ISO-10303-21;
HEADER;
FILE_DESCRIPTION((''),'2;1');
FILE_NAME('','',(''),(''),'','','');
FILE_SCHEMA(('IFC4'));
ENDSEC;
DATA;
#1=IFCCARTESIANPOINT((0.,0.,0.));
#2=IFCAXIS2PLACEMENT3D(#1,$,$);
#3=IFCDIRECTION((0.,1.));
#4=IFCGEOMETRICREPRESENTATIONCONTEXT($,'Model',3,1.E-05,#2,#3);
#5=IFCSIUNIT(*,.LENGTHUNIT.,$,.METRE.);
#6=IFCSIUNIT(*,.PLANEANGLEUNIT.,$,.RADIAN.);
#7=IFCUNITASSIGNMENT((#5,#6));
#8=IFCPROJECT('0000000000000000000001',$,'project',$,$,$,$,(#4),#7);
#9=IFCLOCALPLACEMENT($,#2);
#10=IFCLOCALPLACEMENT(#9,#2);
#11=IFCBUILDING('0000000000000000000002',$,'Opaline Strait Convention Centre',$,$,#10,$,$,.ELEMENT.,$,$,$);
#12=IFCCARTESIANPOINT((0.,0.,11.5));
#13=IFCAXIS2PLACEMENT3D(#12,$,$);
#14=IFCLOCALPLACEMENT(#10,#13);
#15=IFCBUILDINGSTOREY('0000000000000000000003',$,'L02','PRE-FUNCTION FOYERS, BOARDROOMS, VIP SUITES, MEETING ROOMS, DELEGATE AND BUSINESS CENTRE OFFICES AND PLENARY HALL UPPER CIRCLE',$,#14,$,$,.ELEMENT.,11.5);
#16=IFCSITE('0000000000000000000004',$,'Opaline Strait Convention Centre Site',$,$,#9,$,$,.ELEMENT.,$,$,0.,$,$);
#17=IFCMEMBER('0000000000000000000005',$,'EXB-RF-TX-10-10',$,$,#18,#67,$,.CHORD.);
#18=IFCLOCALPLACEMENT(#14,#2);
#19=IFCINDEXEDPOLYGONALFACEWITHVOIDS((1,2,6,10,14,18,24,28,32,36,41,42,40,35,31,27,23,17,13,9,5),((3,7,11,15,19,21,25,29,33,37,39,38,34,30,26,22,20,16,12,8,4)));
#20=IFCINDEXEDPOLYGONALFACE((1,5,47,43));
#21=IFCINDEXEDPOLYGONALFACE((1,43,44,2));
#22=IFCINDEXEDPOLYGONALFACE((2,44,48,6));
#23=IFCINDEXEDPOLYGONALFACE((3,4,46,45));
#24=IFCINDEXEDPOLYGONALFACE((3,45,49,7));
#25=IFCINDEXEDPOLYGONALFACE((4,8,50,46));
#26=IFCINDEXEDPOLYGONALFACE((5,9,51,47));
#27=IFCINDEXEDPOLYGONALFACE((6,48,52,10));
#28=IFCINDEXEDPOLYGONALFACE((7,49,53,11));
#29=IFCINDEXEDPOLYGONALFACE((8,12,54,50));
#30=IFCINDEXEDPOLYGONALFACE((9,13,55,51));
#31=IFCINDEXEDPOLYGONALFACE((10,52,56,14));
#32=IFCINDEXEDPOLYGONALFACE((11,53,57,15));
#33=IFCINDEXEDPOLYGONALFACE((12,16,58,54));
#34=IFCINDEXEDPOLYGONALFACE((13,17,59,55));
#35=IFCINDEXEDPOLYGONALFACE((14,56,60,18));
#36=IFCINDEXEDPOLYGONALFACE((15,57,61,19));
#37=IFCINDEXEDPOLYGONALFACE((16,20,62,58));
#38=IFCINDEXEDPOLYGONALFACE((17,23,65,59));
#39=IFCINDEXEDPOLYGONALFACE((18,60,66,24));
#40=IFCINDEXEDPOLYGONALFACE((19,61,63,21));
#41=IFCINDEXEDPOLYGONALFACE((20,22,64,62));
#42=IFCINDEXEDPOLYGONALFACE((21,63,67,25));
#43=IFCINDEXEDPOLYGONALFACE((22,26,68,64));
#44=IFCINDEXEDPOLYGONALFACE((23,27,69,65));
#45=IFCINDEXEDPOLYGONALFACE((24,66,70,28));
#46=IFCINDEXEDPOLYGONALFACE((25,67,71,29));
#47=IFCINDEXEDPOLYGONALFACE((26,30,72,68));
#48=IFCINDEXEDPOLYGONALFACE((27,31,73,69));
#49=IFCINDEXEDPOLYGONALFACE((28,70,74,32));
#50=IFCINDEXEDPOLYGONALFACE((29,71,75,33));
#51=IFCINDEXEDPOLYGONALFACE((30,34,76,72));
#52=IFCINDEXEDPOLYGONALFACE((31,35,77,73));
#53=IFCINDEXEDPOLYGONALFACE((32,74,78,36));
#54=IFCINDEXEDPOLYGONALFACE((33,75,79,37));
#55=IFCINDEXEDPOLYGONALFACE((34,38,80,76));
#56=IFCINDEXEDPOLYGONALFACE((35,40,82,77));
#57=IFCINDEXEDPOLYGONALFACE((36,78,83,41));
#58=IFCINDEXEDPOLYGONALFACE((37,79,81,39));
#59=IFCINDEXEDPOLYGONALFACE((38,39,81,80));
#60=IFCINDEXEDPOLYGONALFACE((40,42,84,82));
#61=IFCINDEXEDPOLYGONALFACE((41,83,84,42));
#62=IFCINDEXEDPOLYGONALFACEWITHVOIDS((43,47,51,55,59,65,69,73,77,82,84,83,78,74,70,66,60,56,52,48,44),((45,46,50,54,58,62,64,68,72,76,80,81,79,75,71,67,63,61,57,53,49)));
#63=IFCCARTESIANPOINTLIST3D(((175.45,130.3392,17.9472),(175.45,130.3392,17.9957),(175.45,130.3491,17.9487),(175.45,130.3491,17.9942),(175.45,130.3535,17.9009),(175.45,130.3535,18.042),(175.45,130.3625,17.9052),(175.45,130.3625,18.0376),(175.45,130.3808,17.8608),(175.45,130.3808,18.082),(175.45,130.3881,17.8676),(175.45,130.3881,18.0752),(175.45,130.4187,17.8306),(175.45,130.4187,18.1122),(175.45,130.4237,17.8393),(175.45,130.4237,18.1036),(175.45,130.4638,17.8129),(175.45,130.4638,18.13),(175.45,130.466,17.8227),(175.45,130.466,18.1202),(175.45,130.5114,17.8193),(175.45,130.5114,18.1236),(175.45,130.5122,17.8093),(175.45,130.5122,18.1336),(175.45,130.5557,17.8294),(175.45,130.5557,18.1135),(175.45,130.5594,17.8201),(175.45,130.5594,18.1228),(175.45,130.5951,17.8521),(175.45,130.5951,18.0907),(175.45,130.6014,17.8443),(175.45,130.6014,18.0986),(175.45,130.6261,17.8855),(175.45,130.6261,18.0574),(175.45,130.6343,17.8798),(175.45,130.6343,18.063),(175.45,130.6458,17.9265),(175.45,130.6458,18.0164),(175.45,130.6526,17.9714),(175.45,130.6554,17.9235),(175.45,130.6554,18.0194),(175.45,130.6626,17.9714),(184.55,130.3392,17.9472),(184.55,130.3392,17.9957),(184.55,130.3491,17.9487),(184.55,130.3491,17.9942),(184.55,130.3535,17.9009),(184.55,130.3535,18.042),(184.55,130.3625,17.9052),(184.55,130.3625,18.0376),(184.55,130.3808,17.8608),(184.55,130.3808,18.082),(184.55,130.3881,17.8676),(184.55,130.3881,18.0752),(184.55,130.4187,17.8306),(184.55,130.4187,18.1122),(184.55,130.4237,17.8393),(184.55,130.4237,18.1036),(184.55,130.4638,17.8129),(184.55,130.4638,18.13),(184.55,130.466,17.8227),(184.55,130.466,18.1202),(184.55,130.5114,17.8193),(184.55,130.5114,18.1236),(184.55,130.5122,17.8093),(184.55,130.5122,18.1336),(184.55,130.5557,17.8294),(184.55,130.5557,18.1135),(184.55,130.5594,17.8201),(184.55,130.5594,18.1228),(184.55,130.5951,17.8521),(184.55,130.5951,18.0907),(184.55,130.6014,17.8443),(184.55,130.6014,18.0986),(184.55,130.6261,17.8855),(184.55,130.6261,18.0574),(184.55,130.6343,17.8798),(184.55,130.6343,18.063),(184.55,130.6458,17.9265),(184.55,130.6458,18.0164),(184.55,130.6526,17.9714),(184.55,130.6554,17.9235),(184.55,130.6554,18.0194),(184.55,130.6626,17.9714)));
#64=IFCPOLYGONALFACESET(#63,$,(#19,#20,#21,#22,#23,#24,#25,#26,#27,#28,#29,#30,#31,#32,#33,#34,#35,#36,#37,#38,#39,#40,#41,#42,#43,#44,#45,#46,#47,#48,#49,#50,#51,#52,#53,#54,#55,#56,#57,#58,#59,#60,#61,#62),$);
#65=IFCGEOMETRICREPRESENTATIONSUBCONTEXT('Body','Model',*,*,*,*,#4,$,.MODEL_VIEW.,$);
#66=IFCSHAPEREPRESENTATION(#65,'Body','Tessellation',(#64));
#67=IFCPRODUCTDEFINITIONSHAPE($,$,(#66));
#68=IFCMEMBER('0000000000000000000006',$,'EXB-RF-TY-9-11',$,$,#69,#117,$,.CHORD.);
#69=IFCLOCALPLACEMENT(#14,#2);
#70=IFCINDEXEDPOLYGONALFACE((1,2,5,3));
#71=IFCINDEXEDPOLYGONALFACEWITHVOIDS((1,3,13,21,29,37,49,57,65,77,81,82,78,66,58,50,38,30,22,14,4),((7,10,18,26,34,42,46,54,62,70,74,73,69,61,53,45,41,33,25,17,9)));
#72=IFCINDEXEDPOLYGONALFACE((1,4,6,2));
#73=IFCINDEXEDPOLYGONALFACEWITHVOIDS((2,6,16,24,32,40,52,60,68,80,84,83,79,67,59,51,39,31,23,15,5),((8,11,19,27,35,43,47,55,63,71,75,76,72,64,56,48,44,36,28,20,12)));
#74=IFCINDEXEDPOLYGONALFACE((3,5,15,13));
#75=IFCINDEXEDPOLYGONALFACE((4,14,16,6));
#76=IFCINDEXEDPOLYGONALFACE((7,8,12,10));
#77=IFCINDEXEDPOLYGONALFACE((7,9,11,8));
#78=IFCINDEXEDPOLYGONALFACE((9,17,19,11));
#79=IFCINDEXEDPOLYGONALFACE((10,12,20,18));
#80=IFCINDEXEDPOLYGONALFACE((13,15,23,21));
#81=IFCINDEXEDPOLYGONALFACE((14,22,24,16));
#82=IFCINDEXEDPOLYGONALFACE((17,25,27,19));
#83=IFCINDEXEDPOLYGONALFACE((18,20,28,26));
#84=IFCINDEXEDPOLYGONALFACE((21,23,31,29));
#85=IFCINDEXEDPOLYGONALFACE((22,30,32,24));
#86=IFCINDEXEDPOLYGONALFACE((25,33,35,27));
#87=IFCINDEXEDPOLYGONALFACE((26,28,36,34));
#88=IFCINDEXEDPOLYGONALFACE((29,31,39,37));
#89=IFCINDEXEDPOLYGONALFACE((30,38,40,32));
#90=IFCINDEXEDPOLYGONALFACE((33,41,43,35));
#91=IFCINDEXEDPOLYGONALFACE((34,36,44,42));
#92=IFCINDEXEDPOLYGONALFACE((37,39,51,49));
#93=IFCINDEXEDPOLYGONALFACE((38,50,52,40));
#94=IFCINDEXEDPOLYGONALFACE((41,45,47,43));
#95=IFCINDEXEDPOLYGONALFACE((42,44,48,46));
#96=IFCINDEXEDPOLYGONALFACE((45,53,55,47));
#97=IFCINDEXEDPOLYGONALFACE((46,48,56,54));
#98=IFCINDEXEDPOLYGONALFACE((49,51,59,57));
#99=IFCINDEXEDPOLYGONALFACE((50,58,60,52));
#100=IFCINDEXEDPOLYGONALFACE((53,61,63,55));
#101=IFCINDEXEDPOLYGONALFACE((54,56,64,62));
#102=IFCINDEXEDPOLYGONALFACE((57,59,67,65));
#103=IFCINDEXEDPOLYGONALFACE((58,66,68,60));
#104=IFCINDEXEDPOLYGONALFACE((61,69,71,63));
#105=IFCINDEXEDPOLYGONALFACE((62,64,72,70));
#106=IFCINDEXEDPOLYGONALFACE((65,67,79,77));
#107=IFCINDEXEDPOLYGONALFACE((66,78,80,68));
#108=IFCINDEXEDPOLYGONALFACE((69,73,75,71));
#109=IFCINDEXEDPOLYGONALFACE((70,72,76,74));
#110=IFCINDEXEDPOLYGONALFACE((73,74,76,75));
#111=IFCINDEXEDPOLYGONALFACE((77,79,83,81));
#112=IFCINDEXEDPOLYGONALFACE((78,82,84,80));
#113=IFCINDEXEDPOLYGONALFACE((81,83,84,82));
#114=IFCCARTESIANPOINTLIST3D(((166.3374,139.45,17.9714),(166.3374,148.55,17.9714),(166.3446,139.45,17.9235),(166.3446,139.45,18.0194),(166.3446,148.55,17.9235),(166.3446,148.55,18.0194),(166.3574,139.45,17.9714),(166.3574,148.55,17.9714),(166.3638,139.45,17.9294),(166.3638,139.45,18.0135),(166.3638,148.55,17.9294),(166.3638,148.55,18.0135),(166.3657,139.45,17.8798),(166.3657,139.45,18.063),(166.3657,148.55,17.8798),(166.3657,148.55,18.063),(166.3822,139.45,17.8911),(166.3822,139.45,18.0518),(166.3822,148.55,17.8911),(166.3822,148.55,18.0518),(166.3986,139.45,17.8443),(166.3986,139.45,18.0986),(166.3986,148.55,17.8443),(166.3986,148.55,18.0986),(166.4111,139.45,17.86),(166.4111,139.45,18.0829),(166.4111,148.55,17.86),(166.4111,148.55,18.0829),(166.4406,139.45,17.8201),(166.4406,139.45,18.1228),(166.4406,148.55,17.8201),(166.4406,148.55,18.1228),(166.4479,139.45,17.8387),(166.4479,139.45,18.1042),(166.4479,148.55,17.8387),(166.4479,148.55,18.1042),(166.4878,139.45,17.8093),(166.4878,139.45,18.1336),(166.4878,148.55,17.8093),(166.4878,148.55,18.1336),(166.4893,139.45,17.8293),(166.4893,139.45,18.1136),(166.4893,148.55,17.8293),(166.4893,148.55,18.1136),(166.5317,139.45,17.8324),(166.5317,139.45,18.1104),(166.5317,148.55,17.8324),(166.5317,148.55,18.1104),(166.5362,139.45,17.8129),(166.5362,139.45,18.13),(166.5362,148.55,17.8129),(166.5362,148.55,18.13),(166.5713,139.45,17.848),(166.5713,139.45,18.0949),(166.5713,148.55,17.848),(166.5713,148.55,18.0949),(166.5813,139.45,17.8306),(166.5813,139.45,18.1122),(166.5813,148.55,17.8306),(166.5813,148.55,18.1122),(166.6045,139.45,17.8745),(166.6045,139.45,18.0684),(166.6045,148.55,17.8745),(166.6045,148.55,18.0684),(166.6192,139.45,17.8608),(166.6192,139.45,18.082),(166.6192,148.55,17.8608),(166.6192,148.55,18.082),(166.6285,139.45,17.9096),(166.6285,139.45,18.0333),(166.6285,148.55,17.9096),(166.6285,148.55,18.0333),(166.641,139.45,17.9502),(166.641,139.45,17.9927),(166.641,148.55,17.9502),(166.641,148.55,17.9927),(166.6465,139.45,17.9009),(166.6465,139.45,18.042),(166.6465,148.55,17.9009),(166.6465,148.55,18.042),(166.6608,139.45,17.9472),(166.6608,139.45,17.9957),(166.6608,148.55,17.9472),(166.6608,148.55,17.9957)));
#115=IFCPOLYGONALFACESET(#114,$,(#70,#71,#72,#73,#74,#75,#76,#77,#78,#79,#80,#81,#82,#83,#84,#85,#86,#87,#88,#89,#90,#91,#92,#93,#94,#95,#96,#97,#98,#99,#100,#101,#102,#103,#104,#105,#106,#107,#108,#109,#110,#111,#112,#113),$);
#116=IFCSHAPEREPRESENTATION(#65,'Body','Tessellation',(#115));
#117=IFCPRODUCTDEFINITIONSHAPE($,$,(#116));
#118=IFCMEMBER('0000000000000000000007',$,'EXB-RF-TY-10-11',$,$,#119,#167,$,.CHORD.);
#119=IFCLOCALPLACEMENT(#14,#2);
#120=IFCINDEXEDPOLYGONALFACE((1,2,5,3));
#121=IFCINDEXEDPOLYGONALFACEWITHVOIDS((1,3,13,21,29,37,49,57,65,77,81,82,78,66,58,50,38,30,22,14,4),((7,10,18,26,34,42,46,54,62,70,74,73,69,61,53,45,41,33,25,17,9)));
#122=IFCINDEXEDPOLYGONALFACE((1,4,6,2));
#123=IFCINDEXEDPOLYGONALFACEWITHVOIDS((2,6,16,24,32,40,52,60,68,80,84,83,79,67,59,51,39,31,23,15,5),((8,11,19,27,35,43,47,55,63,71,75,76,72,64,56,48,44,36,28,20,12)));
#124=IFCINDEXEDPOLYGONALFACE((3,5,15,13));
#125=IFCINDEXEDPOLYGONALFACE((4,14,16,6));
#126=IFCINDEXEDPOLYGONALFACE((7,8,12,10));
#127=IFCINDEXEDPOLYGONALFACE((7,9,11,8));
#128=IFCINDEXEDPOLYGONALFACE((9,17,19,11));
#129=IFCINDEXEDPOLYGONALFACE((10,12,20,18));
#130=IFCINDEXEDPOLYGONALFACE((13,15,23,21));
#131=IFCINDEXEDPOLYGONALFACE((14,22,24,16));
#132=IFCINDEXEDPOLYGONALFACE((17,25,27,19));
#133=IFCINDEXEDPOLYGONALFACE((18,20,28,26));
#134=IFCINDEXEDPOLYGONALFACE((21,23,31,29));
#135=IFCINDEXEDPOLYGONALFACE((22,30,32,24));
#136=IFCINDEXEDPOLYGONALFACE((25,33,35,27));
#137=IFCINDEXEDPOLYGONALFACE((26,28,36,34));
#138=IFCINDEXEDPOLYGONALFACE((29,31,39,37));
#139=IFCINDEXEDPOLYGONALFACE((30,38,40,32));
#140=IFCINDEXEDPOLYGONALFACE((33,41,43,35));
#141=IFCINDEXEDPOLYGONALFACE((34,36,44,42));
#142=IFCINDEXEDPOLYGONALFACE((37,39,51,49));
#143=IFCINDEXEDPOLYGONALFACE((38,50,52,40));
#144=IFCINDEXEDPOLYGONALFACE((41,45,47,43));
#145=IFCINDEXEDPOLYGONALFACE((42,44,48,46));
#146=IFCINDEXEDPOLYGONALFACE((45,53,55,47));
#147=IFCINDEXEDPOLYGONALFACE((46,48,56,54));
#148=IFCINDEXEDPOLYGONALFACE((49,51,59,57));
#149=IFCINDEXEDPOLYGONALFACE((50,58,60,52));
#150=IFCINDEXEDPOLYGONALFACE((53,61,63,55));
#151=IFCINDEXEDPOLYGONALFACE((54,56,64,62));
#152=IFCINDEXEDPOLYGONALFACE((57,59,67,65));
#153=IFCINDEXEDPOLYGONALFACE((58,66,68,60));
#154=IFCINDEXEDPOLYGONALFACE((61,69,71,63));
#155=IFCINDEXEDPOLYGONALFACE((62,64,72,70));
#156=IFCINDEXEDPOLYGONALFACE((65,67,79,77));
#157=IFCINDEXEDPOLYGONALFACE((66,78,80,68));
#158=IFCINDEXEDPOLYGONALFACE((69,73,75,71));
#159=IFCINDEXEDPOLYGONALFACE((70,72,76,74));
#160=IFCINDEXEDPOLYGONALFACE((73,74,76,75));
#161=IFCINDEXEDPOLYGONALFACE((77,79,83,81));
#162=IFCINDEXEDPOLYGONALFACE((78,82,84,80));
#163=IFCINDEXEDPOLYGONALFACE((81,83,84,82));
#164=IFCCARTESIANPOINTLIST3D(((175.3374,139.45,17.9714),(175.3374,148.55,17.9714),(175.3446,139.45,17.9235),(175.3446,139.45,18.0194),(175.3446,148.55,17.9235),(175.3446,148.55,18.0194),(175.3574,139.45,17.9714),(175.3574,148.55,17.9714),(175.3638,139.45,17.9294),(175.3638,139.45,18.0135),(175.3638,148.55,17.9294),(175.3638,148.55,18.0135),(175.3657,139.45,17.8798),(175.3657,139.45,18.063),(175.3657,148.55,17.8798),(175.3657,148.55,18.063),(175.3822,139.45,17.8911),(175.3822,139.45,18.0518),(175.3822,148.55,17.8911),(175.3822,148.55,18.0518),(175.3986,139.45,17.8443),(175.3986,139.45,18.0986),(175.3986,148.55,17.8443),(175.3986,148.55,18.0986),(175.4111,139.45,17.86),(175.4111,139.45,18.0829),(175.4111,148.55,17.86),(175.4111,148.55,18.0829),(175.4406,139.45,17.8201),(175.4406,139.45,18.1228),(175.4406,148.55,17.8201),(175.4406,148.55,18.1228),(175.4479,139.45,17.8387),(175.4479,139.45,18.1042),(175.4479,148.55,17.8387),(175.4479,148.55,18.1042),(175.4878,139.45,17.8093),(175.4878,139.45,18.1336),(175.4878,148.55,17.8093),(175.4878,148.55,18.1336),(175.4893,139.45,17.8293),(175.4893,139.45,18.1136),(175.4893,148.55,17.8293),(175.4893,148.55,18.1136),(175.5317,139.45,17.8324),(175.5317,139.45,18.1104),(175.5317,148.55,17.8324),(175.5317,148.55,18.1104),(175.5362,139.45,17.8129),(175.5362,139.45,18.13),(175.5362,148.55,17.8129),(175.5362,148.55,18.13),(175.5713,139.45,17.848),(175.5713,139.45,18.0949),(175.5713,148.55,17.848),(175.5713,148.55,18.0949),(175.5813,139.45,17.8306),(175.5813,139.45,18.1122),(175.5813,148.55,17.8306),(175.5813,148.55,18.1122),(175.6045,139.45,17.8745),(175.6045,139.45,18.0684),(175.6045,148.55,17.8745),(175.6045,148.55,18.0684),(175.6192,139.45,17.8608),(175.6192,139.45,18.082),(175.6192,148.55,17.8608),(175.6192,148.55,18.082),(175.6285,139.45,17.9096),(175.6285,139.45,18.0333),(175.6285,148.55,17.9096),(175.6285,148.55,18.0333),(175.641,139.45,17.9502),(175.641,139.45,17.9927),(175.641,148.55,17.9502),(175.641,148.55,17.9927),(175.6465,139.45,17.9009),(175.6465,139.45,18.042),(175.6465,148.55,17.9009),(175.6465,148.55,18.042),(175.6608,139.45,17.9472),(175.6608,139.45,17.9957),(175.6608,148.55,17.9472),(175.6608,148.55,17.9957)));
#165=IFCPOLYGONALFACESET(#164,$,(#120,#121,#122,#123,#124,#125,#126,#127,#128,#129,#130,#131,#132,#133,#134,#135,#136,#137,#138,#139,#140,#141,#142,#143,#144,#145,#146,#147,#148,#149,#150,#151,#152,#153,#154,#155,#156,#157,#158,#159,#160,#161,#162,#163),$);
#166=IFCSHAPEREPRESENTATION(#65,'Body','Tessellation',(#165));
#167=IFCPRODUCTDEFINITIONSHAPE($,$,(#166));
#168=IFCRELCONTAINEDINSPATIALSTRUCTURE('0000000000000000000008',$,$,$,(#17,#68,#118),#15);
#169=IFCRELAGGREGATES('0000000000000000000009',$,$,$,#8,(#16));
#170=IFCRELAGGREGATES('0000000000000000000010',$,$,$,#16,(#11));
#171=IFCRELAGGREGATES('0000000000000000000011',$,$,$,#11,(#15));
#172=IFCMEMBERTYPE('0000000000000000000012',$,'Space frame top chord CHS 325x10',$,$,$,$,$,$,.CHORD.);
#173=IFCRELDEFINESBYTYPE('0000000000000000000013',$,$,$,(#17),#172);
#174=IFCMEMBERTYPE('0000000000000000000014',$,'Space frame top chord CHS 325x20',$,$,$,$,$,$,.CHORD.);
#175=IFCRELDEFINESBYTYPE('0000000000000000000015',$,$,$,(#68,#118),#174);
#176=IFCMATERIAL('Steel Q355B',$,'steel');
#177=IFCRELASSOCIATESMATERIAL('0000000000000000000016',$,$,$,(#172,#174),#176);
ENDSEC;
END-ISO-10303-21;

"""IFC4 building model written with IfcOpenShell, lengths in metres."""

from ifc_helpers import new_model, si_unit, direction, frame, origin, origin_2d, place, context, subcontext, project, spatial, hollow_circle, extrude, material, material_profile, profile_set, type_object, element, save


model = new_model("IFC4")

# Units and contexts
model_context = context("Model", 3, precision=1e-05, world=origin(), true_north=direction((0.0, 1.0)))
body_context = subcontext(model_context, "Body", "Model", "MODEL_VIEW")
ifc_project = project(units=[si_unit("LENGTHUNIT", "METRE"), si_unit("PLANEANGLEUNIT", "RADIAN")], contexts=[model_context])

# Site, building, storey
site_placement = place(None, origin())
site = spatial("IfcSite", under=ifc_project, at=site_placement, Name="Opaline Strait Convention Centre Site", CompositionType="ELEMENT", RefElevation=0.0)
building_placement = place(site_placement, origin())
building = spatial("IfcBuilding", under=site, at=building_placement, Name="Opaline Strait Convention Centre", CompositionType="ELEMENT")
storey_placement = place(building_placement, frame((0.0, 0.0, 11.5)))
storey = spatial("IfcBuildingStorey", under=building, at=storey_placement, Name="L02", Description="PRE-FUNCTION FOYERS, BOARDROOMS, VIP SUITES, MEETING ROOMS, DELEGATE AND BUSINESS CENTRE OFFICES AND PLENARY HALL UPPER CIRCLE", CompositionType="ELEMENT", Elevation=11.5)

# Members
ifc_material = material(Name="Steel Q355B", Category="steel")
ifc_material_profile_1 = material_profile(ifc_material, hollow_circle(Radius=0.1626, WallThickness=0.01, at=origin_2d()), Name="CHS 325x10")
ifc_profile_set_1 = profile_set([ifc_material_profile_1], Name="Steel Q355B")
member_type_1 = type_object("IfcMemberType", Name="Space frame top chord CHS 325x10", PredefinedType="CHORD", material=ifc_profile_set_1)
for number, where, z_axis, x_axis, name in (
    (1, (175.45, 130.5, 17.9714), (1.0, 0.0, 0.0), (0.0, 1.0, 0.0), "EXB-RF-TX-10-10"),
):
    element("IfcMember", number, at=place(storey_placement, frame(where, z_axis=z_axis, x_axis=x_axis)), inside=storey, type_object=member_type_1, Name=name, PredefinedType="CHORD", context=body_context, shape_type="SweptSolid", body=[
        extrude(hollow_circle(Radius=0.1626, WallThickness=0.01, at=origin_2d()), origin(), (0.0, 0.0, 1.0), 9.1001),
    ])
ifc_material_profile_2 = material_profile(ifc_material, hollow_circle(Radius=0.1626, WallThickness=0.02, at=origin_2d()), Name="CHS 325x20")
ifc_profile_set_2 = profile_set([ifc_material_profile_2], Name="Steel Q355B")
member_type_2 = type_object("IfcMemberType", Name="Space frame top chord CHS 325x20", PredefinedType="CHORD", material=ifc_profile_set_2)
for number, where, z_axis, x_axis, name in (
    (2, (166.5, 139.45, 17.9714), (0.0, 1.0, 0.0), (-1.0, 0.0, 0.0), "EXB-RF-TY-9-11"),
    (3, (175.5, 139.45, 17.9714), (0.0, 1.0, 0.0), (-1.0, 0.0, 0.0), "EXB-RF-TY-10-11"),
):
    element("IfcMember", number, at=place(storey_placement, frame(where, z_axis=z_axis, x_axis=x_axis)), inside=storey, type_object=member_type_2, Name=name, PredefinedType="CHORD", context=body_context, shape_type="SweptSolid", body=[
        extrude(hollow_circle(Radius=0.1626, WallThickness=0.02, at=origin_2d()), origin(), (0.0, 0.0, 1.0), 9.1001),
    ])

save(model, "model.ifc")
